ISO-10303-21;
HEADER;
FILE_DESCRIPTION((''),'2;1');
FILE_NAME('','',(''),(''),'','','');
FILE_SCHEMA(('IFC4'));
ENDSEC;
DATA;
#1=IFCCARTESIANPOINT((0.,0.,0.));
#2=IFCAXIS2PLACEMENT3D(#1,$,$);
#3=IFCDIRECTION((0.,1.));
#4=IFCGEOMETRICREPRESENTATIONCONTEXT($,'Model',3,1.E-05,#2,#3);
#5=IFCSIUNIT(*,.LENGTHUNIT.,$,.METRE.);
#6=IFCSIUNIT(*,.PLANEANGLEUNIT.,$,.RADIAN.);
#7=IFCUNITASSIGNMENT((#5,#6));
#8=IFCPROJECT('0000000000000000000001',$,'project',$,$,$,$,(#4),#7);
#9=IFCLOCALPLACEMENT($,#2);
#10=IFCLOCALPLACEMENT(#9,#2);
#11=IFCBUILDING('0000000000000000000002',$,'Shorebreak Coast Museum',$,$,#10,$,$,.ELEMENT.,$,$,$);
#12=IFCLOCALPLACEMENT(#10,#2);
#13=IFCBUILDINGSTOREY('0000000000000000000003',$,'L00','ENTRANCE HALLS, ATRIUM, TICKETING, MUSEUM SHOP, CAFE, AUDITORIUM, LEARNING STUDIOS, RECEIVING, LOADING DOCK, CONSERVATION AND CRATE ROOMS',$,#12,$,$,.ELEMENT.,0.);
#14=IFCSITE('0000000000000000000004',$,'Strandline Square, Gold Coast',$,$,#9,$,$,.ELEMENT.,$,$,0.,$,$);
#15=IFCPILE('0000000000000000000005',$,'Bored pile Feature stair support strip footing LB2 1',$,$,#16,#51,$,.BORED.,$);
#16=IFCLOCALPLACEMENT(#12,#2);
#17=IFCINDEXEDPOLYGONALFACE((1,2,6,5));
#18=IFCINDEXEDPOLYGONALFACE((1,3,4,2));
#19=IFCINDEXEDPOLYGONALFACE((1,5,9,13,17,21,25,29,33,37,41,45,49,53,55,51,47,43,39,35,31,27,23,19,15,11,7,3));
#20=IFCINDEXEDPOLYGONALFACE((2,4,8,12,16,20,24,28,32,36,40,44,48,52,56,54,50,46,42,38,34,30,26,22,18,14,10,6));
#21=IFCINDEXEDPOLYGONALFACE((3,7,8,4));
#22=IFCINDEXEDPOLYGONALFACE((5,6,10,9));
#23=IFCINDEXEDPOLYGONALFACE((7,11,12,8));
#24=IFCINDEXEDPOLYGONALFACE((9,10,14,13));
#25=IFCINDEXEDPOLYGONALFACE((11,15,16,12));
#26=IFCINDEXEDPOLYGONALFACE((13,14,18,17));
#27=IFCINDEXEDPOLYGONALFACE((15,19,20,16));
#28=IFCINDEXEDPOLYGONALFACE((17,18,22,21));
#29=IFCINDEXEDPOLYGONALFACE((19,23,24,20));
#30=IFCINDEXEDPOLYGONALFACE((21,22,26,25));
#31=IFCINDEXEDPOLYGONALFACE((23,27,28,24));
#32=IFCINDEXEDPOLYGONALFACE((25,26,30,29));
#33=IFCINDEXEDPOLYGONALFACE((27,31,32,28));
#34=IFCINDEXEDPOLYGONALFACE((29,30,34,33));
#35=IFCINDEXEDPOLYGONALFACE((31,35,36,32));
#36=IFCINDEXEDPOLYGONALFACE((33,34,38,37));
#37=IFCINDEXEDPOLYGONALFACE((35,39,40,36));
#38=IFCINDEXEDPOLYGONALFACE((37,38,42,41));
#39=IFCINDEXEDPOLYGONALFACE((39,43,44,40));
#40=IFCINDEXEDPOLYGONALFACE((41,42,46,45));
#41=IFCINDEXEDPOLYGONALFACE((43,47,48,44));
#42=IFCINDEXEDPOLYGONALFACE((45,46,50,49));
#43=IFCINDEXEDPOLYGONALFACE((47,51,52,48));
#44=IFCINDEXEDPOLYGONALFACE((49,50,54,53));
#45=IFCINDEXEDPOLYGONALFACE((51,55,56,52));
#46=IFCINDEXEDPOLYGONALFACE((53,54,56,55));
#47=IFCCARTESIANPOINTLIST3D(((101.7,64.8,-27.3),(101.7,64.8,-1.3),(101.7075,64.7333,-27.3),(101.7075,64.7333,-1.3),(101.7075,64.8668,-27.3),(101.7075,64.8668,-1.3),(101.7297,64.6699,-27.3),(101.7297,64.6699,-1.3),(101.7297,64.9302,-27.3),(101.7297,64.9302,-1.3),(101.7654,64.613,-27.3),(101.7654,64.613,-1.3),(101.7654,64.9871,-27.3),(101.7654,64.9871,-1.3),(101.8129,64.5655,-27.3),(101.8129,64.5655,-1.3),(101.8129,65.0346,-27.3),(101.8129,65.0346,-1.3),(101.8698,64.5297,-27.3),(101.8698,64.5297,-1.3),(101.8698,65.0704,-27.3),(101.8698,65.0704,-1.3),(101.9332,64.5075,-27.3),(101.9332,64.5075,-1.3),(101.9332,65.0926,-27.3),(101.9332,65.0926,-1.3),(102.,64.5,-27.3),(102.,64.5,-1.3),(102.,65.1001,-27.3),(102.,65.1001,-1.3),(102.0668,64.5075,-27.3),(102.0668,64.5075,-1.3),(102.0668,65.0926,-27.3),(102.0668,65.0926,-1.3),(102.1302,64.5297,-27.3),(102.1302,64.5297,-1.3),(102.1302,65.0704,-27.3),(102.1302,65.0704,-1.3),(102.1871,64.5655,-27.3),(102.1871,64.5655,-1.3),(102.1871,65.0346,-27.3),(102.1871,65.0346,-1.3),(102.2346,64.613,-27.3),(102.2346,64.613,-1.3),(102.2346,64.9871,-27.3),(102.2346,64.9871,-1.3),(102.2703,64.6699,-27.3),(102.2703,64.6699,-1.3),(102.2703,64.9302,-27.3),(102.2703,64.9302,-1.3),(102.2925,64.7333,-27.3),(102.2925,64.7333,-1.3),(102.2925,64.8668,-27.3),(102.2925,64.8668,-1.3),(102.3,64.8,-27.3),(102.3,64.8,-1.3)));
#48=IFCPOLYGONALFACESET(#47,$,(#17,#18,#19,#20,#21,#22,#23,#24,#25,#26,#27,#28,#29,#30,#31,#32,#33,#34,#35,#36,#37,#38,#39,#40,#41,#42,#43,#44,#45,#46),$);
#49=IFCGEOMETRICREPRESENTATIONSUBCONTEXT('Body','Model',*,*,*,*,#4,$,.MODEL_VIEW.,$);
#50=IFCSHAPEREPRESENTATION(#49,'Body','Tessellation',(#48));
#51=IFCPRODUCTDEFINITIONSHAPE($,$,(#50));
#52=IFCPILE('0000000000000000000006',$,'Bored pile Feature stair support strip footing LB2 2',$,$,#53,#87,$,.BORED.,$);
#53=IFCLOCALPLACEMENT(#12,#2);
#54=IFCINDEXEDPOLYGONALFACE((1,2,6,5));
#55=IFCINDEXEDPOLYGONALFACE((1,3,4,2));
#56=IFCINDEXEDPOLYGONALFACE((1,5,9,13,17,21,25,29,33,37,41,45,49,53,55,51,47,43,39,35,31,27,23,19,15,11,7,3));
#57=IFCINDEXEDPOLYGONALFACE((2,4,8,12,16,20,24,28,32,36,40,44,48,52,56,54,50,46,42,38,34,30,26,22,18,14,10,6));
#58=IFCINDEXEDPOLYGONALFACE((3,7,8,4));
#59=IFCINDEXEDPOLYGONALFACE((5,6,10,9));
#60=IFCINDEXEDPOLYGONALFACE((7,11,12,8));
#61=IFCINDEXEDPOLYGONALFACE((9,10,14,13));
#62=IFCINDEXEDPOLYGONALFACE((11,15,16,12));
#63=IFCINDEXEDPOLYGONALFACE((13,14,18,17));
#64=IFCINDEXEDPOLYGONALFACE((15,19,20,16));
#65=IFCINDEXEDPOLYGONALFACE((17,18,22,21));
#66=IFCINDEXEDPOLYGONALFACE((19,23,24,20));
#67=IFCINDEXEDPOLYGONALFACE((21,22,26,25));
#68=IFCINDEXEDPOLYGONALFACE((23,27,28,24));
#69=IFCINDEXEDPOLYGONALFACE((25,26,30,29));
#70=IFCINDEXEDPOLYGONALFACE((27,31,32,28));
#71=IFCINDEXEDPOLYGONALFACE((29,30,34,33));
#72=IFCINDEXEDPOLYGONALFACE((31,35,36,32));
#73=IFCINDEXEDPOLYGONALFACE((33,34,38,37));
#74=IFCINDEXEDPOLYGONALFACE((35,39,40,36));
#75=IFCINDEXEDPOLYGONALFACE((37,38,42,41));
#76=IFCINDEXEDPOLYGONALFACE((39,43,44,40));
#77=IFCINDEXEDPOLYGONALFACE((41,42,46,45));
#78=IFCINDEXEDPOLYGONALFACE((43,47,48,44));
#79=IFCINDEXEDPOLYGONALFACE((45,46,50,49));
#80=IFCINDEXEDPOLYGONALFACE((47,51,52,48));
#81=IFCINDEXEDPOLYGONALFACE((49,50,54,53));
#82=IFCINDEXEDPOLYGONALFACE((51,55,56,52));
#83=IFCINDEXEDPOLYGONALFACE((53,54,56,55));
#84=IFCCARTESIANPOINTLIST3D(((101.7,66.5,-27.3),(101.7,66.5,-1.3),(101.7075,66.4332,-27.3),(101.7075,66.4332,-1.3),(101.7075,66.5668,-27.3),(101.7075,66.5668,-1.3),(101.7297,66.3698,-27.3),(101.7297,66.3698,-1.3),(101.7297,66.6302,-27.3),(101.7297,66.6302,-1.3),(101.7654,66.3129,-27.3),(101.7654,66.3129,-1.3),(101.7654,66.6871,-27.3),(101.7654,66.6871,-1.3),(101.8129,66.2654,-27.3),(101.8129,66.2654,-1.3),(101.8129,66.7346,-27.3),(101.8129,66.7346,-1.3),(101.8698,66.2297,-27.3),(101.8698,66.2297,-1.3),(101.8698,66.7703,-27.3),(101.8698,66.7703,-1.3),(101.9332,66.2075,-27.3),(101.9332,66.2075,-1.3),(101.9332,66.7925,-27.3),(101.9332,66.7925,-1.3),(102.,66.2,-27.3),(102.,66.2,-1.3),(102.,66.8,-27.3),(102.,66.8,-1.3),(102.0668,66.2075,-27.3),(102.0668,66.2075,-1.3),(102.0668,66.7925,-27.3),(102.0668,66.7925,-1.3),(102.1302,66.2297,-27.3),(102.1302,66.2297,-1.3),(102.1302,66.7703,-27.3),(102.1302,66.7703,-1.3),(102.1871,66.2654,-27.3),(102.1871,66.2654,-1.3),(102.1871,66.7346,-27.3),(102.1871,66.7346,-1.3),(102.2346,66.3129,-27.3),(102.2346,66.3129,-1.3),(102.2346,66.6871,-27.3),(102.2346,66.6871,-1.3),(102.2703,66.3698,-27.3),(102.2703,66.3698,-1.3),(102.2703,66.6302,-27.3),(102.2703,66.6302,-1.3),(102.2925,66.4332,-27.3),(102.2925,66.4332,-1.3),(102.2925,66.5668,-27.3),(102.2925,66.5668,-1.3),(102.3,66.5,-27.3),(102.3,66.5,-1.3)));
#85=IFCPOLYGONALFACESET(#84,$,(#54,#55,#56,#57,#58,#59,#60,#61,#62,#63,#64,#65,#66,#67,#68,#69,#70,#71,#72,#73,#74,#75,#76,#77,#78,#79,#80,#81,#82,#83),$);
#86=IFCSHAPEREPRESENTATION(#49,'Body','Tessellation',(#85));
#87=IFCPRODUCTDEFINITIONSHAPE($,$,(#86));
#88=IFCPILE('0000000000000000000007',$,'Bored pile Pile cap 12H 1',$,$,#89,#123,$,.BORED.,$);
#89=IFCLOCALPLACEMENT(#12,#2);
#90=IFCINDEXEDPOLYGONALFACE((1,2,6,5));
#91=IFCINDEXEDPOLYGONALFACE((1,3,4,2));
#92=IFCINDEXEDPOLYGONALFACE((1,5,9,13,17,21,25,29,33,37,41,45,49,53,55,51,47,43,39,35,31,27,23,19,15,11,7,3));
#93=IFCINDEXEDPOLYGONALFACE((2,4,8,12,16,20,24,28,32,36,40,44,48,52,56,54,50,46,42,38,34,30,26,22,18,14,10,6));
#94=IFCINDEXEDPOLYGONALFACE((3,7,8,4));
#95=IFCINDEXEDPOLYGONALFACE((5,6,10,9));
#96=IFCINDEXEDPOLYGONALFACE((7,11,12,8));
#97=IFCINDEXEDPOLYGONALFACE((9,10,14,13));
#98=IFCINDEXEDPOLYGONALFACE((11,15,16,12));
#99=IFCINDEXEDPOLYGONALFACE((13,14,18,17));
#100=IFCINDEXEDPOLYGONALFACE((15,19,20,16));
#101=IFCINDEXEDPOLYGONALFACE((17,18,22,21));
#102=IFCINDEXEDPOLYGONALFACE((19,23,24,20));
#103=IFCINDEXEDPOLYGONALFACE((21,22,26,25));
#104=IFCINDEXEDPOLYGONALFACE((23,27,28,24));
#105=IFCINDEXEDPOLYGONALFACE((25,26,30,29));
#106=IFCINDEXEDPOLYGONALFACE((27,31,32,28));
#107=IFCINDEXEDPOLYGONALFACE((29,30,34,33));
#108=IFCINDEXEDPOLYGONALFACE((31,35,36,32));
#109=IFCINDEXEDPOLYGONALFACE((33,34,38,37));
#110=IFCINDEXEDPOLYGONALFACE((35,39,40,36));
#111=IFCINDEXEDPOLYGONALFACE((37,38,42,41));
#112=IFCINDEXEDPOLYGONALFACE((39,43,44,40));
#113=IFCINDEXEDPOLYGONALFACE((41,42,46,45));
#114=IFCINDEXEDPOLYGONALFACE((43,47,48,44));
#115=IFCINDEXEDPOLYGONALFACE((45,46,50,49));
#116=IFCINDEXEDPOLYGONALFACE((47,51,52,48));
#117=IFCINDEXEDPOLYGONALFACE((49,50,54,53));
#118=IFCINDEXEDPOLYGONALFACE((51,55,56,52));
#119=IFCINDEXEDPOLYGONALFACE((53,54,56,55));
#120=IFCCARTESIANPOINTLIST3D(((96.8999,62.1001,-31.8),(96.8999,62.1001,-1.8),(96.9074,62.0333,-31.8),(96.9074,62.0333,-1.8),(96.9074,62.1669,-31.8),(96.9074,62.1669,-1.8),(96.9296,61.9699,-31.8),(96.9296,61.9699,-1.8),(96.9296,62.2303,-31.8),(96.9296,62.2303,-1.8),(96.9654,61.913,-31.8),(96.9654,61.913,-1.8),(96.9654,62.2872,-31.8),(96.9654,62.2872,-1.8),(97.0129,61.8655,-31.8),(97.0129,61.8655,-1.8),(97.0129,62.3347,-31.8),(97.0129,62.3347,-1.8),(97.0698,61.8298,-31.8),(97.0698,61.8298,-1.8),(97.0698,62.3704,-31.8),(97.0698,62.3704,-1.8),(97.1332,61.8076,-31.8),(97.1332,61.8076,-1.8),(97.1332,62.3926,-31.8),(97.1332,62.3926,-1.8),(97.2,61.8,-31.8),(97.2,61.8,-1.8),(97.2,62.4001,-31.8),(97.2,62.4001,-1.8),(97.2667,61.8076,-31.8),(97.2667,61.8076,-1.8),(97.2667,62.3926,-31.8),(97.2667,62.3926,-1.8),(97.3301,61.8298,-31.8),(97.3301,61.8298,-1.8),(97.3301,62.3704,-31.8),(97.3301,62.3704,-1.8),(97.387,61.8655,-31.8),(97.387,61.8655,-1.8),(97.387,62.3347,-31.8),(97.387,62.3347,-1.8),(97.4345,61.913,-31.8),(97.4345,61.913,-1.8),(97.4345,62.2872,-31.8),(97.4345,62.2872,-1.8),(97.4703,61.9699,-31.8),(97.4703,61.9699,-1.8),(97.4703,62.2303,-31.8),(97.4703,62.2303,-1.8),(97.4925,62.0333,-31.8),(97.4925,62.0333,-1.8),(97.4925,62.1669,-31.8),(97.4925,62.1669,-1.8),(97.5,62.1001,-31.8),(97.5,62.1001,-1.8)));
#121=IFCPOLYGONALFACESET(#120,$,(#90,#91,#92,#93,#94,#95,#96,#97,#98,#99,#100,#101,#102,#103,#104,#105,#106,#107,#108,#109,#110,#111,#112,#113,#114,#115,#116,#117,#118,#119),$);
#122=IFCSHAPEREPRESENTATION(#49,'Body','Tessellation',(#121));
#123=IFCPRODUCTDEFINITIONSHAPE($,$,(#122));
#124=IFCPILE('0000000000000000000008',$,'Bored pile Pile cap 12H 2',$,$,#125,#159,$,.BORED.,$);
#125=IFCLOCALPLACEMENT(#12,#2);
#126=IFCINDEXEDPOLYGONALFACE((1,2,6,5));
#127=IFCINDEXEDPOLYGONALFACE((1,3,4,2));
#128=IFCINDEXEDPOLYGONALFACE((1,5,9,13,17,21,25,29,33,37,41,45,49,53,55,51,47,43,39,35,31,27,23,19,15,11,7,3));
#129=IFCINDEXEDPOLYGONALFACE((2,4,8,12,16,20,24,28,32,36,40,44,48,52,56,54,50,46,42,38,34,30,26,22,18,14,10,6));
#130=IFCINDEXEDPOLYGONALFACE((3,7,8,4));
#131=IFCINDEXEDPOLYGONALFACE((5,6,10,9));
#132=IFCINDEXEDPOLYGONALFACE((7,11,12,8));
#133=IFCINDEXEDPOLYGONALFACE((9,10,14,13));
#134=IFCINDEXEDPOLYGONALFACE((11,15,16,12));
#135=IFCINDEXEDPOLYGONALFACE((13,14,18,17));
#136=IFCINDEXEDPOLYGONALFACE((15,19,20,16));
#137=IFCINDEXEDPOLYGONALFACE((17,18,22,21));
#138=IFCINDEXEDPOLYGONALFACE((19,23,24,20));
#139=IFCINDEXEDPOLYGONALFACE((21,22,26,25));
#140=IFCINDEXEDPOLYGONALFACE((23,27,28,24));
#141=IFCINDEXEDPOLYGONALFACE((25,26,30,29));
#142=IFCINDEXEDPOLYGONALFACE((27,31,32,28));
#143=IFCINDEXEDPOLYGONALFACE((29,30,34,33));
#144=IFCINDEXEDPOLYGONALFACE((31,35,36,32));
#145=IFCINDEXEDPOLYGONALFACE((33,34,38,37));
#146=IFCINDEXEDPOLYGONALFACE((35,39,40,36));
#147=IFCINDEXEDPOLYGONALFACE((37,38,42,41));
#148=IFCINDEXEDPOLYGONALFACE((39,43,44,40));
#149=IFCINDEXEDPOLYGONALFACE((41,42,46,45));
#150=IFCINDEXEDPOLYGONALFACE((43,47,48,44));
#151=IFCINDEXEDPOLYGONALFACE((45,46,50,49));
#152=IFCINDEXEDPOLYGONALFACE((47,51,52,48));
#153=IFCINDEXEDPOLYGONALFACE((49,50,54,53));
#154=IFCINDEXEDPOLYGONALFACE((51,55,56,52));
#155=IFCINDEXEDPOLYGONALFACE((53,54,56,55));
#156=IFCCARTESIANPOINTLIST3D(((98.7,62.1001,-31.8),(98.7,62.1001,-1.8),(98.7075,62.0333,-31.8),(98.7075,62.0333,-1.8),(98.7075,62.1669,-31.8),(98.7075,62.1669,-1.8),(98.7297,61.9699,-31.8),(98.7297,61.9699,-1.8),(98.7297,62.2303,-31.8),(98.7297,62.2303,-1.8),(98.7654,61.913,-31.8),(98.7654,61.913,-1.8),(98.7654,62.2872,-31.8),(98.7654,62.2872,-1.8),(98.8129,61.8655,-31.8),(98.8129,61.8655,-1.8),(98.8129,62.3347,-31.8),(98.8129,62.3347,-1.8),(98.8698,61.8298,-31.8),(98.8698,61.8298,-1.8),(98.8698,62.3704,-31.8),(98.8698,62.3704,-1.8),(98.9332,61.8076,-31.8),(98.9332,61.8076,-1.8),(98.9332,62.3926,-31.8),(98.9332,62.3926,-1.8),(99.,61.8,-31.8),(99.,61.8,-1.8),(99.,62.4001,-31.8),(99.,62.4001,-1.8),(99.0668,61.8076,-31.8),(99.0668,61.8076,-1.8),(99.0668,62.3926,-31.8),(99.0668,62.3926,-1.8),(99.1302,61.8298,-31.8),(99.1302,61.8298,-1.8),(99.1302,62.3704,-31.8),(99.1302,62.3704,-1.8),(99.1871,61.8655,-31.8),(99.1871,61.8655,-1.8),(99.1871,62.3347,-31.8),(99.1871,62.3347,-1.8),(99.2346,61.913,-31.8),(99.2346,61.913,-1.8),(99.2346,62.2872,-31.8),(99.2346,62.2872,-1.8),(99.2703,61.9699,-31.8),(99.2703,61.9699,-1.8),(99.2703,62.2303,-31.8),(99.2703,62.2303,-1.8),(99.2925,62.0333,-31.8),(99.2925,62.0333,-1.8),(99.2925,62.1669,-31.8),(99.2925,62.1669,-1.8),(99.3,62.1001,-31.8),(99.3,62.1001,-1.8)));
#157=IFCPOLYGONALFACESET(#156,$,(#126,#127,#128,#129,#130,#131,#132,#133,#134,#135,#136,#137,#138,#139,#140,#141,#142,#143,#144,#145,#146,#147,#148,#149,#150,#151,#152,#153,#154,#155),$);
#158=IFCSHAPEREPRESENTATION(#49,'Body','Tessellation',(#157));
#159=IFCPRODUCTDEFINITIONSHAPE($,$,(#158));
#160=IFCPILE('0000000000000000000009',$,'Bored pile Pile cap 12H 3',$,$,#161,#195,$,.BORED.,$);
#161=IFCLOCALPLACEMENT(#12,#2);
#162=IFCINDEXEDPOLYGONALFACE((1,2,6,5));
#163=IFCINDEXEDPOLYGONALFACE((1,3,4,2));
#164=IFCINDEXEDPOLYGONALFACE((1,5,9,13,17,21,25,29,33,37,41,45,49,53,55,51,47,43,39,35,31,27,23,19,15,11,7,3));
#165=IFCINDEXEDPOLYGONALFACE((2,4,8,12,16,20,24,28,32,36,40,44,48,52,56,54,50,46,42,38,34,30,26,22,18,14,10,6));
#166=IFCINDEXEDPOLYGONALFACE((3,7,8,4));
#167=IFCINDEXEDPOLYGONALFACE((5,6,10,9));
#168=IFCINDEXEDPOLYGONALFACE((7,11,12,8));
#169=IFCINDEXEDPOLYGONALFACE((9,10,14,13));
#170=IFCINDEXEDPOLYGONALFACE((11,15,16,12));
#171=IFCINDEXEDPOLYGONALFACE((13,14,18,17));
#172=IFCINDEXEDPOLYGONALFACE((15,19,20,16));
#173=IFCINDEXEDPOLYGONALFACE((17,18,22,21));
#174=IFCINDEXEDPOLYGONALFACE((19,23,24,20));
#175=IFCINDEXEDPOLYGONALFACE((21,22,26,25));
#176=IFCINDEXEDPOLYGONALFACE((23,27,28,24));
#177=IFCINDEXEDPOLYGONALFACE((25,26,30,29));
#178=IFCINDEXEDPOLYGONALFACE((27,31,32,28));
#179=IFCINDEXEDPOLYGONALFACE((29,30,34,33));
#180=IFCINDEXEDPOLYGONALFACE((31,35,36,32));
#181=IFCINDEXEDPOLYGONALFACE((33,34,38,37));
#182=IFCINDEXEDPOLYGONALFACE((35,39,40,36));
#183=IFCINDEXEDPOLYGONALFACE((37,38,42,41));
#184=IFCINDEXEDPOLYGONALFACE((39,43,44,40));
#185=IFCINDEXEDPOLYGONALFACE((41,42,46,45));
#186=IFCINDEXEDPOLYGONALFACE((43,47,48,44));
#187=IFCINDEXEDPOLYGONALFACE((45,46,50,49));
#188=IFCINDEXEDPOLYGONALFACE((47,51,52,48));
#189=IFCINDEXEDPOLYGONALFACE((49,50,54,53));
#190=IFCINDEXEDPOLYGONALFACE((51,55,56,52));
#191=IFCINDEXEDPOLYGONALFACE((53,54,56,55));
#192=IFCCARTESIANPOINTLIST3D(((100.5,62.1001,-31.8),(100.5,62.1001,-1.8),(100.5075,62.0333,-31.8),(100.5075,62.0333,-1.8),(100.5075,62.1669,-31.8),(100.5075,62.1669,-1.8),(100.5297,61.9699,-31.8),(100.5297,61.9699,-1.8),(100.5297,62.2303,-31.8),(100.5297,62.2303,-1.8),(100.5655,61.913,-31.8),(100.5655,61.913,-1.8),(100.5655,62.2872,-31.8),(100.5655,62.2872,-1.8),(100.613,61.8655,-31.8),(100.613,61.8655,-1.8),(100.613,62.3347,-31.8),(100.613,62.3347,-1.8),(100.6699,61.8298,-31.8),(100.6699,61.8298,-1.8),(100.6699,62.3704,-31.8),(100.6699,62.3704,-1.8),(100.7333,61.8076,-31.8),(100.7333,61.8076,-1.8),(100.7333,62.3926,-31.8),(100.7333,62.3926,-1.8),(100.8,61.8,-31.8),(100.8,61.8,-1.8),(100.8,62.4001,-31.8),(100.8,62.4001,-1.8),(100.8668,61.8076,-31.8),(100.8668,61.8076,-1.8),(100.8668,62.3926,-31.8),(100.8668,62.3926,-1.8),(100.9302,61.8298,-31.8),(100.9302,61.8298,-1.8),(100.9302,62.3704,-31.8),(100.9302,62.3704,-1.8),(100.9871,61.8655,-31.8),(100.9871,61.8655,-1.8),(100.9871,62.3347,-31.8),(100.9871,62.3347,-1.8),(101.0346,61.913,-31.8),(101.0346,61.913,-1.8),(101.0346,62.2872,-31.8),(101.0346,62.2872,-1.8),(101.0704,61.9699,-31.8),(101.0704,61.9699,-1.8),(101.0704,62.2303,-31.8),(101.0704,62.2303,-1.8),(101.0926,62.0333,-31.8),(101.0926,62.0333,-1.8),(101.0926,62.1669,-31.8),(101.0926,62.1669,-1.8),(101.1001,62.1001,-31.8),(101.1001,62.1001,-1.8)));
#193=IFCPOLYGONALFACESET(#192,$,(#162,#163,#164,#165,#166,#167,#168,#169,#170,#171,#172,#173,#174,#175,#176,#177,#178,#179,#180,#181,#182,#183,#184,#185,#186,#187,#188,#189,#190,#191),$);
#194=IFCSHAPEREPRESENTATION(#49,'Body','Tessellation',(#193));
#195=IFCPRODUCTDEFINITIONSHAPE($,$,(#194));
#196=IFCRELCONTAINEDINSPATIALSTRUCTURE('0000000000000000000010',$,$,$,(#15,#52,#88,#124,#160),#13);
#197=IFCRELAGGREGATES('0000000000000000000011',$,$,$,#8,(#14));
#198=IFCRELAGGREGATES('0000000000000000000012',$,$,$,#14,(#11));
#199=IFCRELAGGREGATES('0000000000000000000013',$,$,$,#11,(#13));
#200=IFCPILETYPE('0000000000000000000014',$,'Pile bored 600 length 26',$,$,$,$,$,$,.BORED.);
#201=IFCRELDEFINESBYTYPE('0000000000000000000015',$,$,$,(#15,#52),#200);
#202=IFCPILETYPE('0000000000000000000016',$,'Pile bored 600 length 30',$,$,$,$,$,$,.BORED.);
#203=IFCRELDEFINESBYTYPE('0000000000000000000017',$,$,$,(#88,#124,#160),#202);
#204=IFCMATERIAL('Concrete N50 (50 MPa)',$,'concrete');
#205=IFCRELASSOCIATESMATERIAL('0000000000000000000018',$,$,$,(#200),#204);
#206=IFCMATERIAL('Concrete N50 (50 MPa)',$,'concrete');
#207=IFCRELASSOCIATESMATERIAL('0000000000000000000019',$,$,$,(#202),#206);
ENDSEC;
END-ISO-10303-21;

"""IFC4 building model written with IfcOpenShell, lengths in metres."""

from ifc_helpers import new_model, si_unit, direction, frame, origin, origin_2d, place, context, subcontext, project, spatial, circle, extrude, material, material_profile, profile_set, type_object, element, save


model = new_model("IFC4")

# Units and contexts
model_context = context("Model", 3, precision=1e-05, world=origin(), true_north=direction((0.0, 1.0)))
body_context = subcontext(model_context, "Body", "Model", "MODEL_VIEW")
ifc_project = project(units=[si_unit("LENGTHUNIT", "METRE"), si_unit("PLANEANGLEUNIT", "RADIAN")], contexts=[model_context])

# Site, building, storey
site_placement = place(None, origin())
site = spatial("IfcSite", under=ifc_project, at=site_placement, Name="Strandline Square, Gold Coast", CompositionType="ELEMENT", RefElevation=0.0)
building_placement = place(site_placement, origin())
building = spatial("IfcBuilding", under=site, at=building_placement, Name="Shorebreak Coast Museum", CompositionType="ELEMENT")
storey_placement = place(building_placement, origin())
storey = spatial("IfcBuildingStorey", under=building, at=storey_placement, Name="L00", Description="ENTRANCE HALLS, ATRIUM, TICKETING, MUSEUM SHOP, CAFE, AUDITORIUM, LEARNING STUDIOS, RECEIVING, LOADING DOCK, CONSERVATION AND CRATE ROOMS", CompositionType="ELEMENT", Elevation=0.0)

# Piles
ifc_material_1 = material(Name="Concrete N50 (50 MPa)", Category="concrete")
ifc_material_profile_1 = material_profile(ifc_material_1, circle(Radius=0.3, at=origin_2d()), Name="Pile bored 600 length 26")
ifc_profile_set_1 = profile_set([ifc_material_profile_1], Name="Concrete N50 (50 MPa)")
pile_type_1 = type_object("IfcPileType", Name="Pile bored 600 length 26", PredefinedType="BORED", material=ifc_profile_set_1)
for number, where, z_axis, x_axis, name in (
    (1, (102.0, 64.8, -1.3), (0.0, 0.0, -1.0), (1.0, 0.0, 0.0), "Bored pile Feature stair support strip footing LB2 1"),
    (2, (102.0, 66.5, -1.3), (0.0, 0.0, -1.0), (1.0, 0.0, 0.0), "Bored pile Feature stair support strip footing LB2 2"),
):
    element("IfcPile", number, at=place(storey_placement, frame(where, z_axis=z_axis, x_axis=x_axis)), inside=storey, type_object=pile_type_1, Name=name, PredefinedType="BORED", context=body_context, shape_type="SweptSolid", body=[
        extrude(circle(Radius=0.3, at=origin_2d()), origin(), (0.0, 0.0, 1.0), 26.0),
    ])
ifc_material_2 = material(Name="Concrete N50 (50 MPa)", Category="concrete")
ifc_material_profile_2 = material_profile(ifc_material_2, circle(Radius=0.3, at=origin_2d()), Name="Pile bored 600 length 30")
ifc_profile_set_2 = profile_set([ifc_material_profile_2], Name="Concrete N50 (50 MPa)")
pile_type_2 = type_object("IfcPileType", Name="Pile bored 600 length 30", PredefinedType="BORED", material=ifc_profile_set_2)
for number, where, z_axis, x_axis, name in (
    (3, (97.2, 62.1001, -1.8), (0.0, 0.0, -1.0), (1.0, 0.0, 0.0), "Bored pile Pile cap 12H 1"),
    (4, (99.0, 62.1001, -1.8), (0.0, 0.0, -1.0), (1.0, 0.0, 0.0), "Bored pile Pile cap 12H 2"),
    (5, (100.8, 62.1001, -1.8), (0.0, 0.0, -1.0), (1.0, 0.0, 0.0), "Bored pile Pile cap 12H 3"),
):
    element("IfcPile", number, at=place(storey_placement, frame(where, z_axis=z_axis, x_axis=x_axis)), inside=storey, type_object=pile_type_2, Name=name, PredefinedType="BORED", context=body_context, shape_type="SweptSolid", body=[
        extrude(circle(Radius=0.3, at=origin_2d()), origin(), (0.0, 0.0, 1.0), 30.0),
    ])

save(model, "model.ifc")
